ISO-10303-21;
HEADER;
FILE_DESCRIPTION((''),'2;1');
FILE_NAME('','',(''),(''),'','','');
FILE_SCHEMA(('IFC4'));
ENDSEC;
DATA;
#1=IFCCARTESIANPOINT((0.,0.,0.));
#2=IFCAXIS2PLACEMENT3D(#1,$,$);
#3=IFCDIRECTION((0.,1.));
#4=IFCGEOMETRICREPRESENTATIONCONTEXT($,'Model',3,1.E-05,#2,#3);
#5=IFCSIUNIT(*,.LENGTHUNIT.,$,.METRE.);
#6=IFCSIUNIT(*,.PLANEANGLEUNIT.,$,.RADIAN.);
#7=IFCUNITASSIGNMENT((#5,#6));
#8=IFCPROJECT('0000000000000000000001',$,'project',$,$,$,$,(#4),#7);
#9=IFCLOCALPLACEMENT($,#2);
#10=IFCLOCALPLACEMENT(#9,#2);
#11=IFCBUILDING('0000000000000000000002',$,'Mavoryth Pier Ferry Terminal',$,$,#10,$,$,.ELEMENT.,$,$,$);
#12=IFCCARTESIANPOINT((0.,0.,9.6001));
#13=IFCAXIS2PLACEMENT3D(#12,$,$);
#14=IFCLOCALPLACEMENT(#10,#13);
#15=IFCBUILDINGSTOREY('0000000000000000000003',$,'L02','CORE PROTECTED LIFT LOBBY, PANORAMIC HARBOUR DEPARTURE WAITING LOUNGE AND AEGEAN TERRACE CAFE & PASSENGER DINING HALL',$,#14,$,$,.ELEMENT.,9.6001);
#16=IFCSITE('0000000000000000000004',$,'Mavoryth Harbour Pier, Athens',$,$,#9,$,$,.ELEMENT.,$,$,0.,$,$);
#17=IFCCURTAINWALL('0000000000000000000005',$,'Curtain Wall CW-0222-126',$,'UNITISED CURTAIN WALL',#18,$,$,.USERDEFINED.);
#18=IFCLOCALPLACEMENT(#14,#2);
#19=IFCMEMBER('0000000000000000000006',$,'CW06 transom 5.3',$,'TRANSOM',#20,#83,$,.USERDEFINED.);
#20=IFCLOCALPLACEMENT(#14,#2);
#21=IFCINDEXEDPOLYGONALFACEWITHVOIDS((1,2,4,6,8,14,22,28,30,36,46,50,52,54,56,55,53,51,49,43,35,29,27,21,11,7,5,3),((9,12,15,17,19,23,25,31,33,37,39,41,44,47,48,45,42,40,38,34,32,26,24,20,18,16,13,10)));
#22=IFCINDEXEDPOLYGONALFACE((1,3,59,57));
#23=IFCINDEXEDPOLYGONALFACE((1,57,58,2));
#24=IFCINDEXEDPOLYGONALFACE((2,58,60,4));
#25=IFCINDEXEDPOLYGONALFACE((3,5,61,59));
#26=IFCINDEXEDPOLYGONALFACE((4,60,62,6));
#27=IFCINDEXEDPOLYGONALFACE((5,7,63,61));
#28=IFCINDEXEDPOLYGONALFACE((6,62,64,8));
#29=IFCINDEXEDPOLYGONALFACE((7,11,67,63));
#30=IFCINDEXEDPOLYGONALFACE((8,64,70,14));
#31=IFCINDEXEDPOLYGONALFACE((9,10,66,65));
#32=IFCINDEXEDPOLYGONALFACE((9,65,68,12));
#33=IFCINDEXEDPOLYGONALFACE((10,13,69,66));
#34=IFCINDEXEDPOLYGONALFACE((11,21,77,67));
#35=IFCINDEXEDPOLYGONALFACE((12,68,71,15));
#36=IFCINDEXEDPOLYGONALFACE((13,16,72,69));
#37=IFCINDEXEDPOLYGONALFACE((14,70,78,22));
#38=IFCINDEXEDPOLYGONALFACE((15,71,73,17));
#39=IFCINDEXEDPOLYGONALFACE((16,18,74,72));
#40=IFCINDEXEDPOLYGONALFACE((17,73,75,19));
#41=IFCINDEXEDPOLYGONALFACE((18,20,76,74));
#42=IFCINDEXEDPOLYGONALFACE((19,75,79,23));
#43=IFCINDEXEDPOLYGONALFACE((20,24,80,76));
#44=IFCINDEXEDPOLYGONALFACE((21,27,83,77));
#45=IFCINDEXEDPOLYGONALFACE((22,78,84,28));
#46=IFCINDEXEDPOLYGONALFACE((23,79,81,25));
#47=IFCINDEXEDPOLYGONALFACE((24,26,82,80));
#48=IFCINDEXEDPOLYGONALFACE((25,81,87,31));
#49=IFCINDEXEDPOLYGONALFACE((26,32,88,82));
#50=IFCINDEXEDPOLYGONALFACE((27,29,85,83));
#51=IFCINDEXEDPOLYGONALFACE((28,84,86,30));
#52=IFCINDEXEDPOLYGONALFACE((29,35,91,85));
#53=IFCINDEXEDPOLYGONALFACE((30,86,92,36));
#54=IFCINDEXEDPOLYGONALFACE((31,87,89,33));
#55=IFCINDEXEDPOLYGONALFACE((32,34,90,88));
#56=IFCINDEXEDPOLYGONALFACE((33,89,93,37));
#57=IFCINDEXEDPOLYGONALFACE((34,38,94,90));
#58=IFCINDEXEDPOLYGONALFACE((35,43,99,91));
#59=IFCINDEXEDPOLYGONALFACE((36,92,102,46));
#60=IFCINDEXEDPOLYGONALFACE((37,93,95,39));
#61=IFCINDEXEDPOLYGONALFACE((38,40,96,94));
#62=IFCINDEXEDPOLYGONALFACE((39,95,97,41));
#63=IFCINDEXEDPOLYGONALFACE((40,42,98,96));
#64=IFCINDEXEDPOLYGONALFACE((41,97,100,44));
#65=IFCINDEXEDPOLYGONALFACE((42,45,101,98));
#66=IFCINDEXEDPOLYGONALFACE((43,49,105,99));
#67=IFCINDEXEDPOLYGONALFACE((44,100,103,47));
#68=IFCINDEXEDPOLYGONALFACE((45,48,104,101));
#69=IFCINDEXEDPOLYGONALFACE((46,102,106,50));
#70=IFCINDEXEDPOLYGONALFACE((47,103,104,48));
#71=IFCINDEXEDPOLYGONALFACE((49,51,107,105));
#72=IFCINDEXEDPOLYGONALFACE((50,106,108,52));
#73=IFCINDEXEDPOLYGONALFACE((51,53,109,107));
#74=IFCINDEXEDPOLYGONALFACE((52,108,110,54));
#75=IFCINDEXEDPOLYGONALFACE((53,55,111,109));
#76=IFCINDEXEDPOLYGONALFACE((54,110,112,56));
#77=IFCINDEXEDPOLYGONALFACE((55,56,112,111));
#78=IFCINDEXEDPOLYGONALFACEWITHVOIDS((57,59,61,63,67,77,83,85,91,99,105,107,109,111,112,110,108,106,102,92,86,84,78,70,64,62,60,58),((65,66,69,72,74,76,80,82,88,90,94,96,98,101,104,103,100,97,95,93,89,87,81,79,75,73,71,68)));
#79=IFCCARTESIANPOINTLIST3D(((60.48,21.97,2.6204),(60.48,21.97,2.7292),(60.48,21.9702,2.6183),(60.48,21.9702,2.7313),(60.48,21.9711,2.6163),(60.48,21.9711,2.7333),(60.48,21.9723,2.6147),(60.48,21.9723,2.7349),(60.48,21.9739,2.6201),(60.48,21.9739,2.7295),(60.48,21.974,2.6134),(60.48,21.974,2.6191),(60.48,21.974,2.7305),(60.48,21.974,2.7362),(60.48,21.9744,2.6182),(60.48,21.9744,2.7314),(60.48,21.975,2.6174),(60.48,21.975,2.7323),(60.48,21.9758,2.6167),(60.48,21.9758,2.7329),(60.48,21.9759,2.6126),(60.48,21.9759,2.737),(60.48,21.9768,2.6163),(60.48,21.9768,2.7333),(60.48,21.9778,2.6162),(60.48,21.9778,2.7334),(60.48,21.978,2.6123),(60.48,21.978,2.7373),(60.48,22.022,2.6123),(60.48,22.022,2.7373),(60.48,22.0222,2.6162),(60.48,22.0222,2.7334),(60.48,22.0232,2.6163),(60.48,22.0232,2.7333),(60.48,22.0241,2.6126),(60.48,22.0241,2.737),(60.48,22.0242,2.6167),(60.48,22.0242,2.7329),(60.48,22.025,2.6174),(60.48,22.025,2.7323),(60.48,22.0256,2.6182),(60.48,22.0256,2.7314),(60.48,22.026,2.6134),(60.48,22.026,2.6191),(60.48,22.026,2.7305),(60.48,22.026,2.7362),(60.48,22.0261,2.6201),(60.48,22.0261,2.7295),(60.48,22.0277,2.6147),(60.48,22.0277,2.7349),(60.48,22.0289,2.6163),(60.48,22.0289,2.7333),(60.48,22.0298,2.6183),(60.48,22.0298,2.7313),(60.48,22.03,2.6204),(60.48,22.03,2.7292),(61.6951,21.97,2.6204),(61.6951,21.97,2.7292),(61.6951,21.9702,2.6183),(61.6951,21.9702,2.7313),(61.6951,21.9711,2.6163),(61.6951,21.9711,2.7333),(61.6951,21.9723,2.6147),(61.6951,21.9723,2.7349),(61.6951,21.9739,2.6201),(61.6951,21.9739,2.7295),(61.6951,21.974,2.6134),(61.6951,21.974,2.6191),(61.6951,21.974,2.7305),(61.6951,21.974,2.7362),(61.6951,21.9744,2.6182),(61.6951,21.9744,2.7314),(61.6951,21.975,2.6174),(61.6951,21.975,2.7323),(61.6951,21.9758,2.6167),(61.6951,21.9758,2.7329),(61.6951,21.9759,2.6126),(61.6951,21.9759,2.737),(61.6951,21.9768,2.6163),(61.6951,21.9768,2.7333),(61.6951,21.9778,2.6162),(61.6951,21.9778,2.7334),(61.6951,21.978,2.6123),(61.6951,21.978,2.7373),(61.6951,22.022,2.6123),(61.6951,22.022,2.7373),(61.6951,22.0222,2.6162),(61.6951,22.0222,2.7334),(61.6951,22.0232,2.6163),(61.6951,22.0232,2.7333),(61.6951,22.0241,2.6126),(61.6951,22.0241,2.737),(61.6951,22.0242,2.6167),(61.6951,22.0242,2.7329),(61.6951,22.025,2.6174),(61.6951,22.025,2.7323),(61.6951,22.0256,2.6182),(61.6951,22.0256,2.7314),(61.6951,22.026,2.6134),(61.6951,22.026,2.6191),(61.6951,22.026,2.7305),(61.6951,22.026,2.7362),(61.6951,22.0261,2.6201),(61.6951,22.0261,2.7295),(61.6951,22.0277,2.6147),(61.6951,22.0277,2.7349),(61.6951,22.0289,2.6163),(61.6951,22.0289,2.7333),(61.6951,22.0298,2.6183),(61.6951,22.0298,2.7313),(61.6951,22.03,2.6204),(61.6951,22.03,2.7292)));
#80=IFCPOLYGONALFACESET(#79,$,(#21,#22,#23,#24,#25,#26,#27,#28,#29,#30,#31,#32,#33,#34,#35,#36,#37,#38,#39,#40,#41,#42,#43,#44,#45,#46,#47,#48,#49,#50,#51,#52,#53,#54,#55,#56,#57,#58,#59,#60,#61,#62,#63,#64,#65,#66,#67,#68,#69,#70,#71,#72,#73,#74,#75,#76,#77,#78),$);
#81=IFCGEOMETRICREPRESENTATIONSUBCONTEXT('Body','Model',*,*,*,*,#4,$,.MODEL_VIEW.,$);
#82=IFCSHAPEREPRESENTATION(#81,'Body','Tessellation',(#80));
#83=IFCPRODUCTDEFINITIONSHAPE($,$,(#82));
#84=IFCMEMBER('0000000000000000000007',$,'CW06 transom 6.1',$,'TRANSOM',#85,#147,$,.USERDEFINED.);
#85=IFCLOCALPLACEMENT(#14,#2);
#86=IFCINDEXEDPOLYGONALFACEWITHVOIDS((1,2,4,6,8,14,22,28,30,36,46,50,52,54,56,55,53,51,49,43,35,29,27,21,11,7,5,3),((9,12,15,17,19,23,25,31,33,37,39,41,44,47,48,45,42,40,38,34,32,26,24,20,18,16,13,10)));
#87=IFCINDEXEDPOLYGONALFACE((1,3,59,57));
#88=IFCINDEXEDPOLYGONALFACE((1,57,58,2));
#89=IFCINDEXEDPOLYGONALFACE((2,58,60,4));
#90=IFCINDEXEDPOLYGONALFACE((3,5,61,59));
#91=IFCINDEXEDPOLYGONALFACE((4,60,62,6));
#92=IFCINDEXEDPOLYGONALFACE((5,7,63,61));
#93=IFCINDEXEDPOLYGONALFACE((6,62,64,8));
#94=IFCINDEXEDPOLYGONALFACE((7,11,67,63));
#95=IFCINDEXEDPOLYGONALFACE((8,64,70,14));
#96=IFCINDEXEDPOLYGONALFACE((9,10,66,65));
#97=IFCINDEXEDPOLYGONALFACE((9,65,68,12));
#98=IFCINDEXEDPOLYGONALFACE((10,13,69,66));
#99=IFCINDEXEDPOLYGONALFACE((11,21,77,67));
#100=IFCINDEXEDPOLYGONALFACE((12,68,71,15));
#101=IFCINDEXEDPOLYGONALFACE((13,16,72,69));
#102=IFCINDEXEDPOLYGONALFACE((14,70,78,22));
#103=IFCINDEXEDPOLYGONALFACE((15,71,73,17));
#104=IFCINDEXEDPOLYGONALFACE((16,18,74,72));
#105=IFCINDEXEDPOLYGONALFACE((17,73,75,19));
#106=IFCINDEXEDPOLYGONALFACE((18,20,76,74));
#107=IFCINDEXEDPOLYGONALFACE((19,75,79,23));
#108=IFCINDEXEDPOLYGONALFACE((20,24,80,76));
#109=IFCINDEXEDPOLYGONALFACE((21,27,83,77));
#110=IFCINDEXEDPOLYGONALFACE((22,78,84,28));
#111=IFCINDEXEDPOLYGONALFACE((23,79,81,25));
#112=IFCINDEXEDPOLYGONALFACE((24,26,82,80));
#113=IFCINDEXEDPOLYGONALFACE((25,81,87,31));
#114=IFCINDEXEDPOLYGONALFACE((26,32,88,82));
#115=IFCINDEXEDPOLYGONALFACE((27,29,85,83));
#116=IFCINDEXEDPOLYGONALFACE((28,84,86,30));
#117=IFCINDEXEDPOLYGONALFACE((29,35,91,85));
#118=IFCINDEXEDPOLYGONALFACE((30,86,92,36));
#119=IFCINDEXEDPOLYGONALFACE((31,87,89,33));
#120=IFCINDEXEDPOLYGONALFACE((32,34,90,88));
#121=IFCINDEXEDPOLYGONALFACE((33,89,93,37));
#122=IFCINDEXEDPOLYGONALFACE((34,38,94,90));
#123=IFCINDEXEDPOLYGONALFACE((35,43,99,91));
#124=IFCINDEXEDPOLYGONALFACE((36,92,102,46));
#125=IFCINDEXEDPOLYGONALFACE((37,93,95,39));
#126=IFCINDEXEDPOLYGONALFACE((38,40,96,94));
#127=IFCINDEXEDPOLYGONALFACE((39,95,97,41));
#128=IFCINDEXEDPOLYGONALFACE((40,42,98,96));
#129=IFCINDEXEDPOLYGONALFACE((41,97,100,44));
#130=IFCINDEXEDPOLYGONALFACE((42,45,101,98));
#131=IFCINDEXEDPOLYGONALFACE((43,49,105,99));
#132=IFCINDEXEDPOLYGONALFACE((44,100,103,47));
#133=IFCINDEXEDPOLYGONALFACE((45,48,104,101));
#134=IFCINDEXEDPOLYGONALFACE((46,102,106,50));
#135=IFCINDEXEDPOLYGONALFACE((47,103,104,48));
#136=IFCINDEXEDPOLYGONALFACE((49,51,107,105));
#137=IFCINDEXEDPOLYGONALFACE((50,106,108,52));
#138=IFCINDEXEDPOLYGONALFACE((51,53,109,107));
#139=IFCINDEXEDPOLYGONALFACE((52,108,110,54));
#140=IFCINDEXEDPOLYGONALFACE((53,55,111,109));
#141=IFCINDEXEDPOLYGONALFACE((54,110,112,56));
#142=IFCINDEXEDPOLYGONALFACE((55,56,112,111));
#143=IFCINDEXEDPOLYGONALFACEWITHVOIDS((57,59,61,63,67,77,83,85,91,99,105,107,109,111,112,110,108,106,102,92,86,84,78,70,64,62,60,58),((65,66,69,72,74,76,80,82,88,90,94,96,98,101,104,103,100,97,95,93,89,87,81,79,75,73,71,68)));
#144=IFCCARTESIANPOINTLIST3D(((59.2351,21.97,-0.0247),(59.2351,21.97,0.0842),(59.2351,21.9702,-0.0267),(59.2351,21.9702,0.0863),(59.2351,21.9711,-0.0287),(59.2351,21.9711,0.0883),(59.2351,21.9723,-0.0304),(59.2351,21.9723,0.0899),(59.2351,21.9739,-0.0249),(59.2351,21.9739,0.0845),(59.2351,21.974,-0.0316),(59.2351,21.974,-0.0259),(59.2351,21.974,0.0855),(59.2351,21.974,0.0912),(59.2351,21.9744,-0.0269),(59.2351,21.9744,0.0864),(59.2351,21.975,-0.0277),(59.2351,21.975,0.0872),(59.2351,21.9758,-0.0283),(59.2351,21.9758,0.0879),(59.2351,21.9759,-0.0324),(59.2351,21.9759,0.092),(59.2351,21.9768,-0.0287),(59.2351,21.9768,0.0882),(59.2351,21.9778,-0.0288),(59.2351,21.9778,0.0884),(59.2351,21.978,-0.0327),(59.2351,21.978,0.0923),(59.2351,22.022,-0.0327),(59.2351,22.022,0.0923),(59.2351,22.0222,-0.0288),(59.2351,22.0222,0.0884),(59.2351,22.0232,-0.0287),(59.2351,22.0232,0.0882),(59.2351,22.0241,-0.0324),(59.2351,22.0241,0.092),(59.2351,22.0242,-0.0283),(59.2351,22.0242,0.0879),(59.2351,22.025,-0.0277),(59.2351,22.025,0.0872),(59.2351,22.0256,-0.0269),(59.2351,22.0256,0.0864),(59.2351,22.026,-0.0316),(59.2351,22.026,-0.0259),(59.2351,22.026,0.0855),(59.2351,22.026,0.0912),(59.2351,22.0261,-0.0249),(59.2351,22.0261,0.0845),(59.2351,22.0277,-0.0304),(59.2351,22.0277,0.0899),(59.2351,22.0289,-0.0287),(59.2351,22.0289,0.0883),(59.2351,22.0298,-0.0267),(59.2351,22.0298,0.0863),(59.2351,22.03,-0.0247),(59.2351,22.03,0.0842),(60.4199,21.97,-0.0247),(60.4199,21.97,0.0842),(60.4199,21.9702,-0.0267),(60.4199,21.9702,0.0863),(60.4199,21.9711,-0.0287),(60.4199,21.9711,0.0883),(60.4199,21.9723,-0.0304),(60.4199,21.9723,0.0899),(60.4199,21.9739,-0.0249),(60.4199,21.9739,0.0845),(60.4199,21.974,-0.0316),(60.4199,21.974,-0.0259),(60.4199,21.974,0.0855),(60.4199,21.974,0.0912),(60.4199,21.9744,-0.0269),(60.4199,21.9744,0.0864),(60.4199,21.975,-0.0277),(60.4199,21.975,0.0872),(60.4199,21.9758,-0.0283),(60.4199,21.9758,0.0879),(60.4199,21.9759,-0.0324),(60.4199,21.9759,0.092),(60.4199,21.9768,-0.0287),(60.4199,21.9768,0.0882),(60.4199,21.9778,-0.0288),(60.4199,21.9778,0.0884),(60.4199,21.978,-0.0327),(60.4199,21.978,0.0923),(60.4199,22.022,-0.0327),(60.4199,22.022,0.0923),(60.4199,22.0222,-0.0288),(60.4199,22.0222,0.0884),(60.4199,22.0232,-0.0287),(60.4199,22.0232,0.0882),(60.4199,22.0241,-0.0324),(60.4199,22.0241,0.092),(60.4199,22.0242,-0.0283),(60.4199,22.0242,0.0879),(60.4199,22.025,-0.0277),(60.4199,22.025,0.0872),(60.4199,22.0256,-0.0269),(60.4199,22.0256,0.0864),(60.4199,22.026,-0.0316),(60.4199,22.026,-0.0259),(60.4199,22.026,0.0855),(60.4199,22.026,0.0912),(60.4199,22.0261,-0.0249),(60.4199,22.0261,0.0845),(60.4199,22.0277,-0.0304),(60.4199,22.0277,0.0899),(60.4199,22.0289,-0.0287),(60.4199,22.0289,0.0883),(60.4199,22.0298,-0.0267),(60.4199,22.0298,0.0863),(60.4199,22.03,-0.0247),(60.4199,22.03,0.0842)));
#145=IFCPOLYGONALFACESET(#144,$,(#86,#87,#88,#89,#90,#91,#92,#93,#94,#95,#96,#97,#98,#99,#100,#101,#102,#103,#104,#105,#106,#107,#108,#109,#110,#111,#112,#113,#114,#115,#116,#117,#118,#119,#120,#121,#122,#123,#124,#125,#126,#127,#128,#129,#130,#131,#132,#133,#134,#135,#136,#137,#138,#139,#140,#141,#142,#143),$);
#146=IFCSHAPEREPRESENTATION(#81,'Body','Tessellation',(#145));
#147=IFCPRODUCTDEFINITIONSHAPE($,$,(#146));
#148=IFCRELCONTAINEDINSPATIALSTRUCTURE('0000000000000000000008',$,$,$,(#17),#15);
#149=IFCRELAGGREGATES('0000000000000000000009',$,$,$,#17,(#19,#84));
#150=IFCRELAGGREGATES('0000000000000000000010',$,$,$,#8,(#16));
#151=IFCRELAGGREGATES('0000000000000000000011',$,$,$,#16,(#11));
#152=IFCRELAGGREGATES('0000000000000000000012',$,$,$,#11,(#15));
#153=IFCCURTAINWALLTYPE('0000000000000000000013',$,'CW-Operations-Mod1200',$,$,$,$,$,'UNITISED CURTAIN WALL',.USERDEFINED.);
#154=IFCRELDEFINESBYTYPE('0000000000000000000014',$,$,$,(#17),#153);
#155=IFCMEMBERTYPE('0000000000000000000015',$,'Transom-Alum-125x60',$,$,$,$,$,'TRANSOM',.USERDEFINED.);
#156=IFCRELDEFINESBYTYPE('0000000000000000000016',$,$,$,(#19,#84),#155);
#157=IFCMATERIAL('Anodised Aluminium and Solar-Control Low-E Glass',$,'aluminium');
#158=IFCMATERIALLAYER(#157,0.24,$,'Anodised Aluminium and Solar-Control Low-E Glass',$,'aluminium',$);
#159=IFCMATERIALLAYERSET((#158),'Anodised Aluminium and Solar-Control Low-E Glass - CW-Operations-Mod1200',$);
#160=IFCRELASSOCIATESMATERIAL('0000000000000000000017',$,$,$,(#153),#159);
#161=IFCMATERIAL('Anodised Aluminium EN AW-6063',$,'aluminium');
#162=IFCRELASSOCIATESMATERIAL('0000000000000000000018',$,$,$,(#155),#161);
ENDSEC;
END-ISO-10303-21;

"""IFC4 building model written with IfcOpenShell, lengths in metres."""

from ifc_helpers import new_model, si_unit, direction, frame, origin, origin_2d, place, context, subcontext, project, spatial, hollow_rectangle, extrude, material, layer, layer_set, material_profile, profile_set, type_object, element, aggregate, save


model = new_model("IFC4")

# Units and contexts
model_context = context("Model", 3, precision=1e-05, world=origin(), true_north=direction((0.0, 1.0)))
body_context = subcontext(model_context, "Body", "Model", "MODEL_VIEW")
ifc_project = project(units=[si_unit("LENGTHUNIT", "METRE"), si_unit("PLANEANGLEUNIT", "RADIAN")], contexts=[model_context])

# Site, building, storey
site_placement = place(None, origin())
site = spatial("IfcSite", under=ifc_project, at=site_placement, Name="Mavoryth Harbour Pier, Athens", CompositionType="ELEMENT", RefElevation=0.0)
building_placement = place(site_placement, origin())
building = spatial("IfcBuilding", under=site, at=building_placement, Name="Mavoryth Pier Ferry Terminal", CompositionType="ELEMENT")
storey_placement = place(building_placement, frame((0.0, 0.0, 9.6001)))
storey = spatial("IfcBuildingStorey", under=building, at=storey_placement, Name="L02", Description="CORE PROTECTED LIFT LOBBY, PANORAMIC HARBOUR DEPARTURE WAITING LOUNGE AND AEGEAN TERRACE CAFE & PASSENGER DINING HALL", CompositionType="ELEMENT", Elevation=9.6001)

# Curtain wall
ifc_material_1 = material(Name="Anodised Aluminium and Solar-Control Low-E Glass", Category="aluminium")
ifc_layer_1 = layer(ifc_material_1, 0.24, Name="Anodised Aluminium and Solar-Control Low-E Glass", Category="aluminium")
ifc_layer_set_1 = layer_set([ifc_layer_1], Name="Anodised Aluminium and Solar-Control Low-E Glass - CW-Operations-Mod1200")
curtain_wall_type = type_object("IfcCurtainWallType", Name="CW-Operations-Mod1200", ElementType="UNITISED CURTAIN WALL", PredefinedType="USERDEFINED", material=ifc_layer_set_1)
curtain_wall_placement = place(storey_placement, origin())
curtain_wall = element("IfcCurtainWall", 1, at=curtain_wall_placement, inside=storey, type_object=curtain_wall_type, Name="Curtain Wall CW-0222-126", ObjectType="UNITISED CURTAIN WALL", PredefinedType="USERDEFINED")
ifc_material_2 = material(Name="Anodised Aluminium EN AW-6063", Category="aluminium")

# Members
ifc_material_profile_1 = material_profile(ifc_material_2, hollow_rectangle(XDim=0.0601, YDim=0.125, WallThickness=0.0039, InnerFilletRadius=0.0039, OuterFilletRadius=0.0081, at=origin_2d()), Name="AL-TRAN 125x60x4", Category="aluminium")
ifc_profile_set_1 = profile_set([ifc_material_profile_1], Name="Anodised Aluminium EN AW-6063 - AL-TRAN 125x60x4")
member_type_1 = type_object("IfcMemberType", Name="Transom-Alum-125x60", ElementType="TRANSOM", PredefinedType="USERDEFINED", material=ifc_profile_set_1)
member_1_placement = place(storey_placement, frame((61.6951, 22.0, 2.6748), z_axis=(-1.0, 0.0, 0.0), x_axis=(0.0, -1.0, 0.0)))
member_1 = element("IfcMember", 2, at=member_1_placement, type_object=member_type_1, Name="CW06 transom 5.3", ObjectType="TRANSOM", PredefinedType="USERDEFINED", context=body_context, shape_type="SweptSolid", body=[
    extrude(hollow_rectangle(XDim=0.0601, YDim=0.125, WallThickness=0.0039, InnerFilletRadius=0.0039, OuterFilletRadius=0.0081, at=origin_2d()), origin(), (0.0, 0.0, 1.0), 1.2151),
])
member_2_placement = place(storey_placement, frame((60.4199, 22.0, 0.0298), z_axis=(-1.0, 0.0, 0.0), x_axis=(0.0, -1.0, 0.0)))
member_2 = element("IfcMember", 3, at=member_2_placement, type_object=member_type_1, Name="CW06 transom 6.1", ObjectType="TRANSOM", PredefinedType="USERDEFINED", context=body_context, shape_type="SweptSolid", body=[
    extrude(hollow_rectangle(XDim=0.0601, YDim=0.125, WallThickness=0.0039, InnerFilletRadius=0.0039, OuterFilletRadius=0.0081, at=origin_2d()), origin(), (0.0, 0.0, 1.0), 1.1848),
])

aggregate(curtain_wall, [member_1, member_2])

save(model, "model.ifc")
